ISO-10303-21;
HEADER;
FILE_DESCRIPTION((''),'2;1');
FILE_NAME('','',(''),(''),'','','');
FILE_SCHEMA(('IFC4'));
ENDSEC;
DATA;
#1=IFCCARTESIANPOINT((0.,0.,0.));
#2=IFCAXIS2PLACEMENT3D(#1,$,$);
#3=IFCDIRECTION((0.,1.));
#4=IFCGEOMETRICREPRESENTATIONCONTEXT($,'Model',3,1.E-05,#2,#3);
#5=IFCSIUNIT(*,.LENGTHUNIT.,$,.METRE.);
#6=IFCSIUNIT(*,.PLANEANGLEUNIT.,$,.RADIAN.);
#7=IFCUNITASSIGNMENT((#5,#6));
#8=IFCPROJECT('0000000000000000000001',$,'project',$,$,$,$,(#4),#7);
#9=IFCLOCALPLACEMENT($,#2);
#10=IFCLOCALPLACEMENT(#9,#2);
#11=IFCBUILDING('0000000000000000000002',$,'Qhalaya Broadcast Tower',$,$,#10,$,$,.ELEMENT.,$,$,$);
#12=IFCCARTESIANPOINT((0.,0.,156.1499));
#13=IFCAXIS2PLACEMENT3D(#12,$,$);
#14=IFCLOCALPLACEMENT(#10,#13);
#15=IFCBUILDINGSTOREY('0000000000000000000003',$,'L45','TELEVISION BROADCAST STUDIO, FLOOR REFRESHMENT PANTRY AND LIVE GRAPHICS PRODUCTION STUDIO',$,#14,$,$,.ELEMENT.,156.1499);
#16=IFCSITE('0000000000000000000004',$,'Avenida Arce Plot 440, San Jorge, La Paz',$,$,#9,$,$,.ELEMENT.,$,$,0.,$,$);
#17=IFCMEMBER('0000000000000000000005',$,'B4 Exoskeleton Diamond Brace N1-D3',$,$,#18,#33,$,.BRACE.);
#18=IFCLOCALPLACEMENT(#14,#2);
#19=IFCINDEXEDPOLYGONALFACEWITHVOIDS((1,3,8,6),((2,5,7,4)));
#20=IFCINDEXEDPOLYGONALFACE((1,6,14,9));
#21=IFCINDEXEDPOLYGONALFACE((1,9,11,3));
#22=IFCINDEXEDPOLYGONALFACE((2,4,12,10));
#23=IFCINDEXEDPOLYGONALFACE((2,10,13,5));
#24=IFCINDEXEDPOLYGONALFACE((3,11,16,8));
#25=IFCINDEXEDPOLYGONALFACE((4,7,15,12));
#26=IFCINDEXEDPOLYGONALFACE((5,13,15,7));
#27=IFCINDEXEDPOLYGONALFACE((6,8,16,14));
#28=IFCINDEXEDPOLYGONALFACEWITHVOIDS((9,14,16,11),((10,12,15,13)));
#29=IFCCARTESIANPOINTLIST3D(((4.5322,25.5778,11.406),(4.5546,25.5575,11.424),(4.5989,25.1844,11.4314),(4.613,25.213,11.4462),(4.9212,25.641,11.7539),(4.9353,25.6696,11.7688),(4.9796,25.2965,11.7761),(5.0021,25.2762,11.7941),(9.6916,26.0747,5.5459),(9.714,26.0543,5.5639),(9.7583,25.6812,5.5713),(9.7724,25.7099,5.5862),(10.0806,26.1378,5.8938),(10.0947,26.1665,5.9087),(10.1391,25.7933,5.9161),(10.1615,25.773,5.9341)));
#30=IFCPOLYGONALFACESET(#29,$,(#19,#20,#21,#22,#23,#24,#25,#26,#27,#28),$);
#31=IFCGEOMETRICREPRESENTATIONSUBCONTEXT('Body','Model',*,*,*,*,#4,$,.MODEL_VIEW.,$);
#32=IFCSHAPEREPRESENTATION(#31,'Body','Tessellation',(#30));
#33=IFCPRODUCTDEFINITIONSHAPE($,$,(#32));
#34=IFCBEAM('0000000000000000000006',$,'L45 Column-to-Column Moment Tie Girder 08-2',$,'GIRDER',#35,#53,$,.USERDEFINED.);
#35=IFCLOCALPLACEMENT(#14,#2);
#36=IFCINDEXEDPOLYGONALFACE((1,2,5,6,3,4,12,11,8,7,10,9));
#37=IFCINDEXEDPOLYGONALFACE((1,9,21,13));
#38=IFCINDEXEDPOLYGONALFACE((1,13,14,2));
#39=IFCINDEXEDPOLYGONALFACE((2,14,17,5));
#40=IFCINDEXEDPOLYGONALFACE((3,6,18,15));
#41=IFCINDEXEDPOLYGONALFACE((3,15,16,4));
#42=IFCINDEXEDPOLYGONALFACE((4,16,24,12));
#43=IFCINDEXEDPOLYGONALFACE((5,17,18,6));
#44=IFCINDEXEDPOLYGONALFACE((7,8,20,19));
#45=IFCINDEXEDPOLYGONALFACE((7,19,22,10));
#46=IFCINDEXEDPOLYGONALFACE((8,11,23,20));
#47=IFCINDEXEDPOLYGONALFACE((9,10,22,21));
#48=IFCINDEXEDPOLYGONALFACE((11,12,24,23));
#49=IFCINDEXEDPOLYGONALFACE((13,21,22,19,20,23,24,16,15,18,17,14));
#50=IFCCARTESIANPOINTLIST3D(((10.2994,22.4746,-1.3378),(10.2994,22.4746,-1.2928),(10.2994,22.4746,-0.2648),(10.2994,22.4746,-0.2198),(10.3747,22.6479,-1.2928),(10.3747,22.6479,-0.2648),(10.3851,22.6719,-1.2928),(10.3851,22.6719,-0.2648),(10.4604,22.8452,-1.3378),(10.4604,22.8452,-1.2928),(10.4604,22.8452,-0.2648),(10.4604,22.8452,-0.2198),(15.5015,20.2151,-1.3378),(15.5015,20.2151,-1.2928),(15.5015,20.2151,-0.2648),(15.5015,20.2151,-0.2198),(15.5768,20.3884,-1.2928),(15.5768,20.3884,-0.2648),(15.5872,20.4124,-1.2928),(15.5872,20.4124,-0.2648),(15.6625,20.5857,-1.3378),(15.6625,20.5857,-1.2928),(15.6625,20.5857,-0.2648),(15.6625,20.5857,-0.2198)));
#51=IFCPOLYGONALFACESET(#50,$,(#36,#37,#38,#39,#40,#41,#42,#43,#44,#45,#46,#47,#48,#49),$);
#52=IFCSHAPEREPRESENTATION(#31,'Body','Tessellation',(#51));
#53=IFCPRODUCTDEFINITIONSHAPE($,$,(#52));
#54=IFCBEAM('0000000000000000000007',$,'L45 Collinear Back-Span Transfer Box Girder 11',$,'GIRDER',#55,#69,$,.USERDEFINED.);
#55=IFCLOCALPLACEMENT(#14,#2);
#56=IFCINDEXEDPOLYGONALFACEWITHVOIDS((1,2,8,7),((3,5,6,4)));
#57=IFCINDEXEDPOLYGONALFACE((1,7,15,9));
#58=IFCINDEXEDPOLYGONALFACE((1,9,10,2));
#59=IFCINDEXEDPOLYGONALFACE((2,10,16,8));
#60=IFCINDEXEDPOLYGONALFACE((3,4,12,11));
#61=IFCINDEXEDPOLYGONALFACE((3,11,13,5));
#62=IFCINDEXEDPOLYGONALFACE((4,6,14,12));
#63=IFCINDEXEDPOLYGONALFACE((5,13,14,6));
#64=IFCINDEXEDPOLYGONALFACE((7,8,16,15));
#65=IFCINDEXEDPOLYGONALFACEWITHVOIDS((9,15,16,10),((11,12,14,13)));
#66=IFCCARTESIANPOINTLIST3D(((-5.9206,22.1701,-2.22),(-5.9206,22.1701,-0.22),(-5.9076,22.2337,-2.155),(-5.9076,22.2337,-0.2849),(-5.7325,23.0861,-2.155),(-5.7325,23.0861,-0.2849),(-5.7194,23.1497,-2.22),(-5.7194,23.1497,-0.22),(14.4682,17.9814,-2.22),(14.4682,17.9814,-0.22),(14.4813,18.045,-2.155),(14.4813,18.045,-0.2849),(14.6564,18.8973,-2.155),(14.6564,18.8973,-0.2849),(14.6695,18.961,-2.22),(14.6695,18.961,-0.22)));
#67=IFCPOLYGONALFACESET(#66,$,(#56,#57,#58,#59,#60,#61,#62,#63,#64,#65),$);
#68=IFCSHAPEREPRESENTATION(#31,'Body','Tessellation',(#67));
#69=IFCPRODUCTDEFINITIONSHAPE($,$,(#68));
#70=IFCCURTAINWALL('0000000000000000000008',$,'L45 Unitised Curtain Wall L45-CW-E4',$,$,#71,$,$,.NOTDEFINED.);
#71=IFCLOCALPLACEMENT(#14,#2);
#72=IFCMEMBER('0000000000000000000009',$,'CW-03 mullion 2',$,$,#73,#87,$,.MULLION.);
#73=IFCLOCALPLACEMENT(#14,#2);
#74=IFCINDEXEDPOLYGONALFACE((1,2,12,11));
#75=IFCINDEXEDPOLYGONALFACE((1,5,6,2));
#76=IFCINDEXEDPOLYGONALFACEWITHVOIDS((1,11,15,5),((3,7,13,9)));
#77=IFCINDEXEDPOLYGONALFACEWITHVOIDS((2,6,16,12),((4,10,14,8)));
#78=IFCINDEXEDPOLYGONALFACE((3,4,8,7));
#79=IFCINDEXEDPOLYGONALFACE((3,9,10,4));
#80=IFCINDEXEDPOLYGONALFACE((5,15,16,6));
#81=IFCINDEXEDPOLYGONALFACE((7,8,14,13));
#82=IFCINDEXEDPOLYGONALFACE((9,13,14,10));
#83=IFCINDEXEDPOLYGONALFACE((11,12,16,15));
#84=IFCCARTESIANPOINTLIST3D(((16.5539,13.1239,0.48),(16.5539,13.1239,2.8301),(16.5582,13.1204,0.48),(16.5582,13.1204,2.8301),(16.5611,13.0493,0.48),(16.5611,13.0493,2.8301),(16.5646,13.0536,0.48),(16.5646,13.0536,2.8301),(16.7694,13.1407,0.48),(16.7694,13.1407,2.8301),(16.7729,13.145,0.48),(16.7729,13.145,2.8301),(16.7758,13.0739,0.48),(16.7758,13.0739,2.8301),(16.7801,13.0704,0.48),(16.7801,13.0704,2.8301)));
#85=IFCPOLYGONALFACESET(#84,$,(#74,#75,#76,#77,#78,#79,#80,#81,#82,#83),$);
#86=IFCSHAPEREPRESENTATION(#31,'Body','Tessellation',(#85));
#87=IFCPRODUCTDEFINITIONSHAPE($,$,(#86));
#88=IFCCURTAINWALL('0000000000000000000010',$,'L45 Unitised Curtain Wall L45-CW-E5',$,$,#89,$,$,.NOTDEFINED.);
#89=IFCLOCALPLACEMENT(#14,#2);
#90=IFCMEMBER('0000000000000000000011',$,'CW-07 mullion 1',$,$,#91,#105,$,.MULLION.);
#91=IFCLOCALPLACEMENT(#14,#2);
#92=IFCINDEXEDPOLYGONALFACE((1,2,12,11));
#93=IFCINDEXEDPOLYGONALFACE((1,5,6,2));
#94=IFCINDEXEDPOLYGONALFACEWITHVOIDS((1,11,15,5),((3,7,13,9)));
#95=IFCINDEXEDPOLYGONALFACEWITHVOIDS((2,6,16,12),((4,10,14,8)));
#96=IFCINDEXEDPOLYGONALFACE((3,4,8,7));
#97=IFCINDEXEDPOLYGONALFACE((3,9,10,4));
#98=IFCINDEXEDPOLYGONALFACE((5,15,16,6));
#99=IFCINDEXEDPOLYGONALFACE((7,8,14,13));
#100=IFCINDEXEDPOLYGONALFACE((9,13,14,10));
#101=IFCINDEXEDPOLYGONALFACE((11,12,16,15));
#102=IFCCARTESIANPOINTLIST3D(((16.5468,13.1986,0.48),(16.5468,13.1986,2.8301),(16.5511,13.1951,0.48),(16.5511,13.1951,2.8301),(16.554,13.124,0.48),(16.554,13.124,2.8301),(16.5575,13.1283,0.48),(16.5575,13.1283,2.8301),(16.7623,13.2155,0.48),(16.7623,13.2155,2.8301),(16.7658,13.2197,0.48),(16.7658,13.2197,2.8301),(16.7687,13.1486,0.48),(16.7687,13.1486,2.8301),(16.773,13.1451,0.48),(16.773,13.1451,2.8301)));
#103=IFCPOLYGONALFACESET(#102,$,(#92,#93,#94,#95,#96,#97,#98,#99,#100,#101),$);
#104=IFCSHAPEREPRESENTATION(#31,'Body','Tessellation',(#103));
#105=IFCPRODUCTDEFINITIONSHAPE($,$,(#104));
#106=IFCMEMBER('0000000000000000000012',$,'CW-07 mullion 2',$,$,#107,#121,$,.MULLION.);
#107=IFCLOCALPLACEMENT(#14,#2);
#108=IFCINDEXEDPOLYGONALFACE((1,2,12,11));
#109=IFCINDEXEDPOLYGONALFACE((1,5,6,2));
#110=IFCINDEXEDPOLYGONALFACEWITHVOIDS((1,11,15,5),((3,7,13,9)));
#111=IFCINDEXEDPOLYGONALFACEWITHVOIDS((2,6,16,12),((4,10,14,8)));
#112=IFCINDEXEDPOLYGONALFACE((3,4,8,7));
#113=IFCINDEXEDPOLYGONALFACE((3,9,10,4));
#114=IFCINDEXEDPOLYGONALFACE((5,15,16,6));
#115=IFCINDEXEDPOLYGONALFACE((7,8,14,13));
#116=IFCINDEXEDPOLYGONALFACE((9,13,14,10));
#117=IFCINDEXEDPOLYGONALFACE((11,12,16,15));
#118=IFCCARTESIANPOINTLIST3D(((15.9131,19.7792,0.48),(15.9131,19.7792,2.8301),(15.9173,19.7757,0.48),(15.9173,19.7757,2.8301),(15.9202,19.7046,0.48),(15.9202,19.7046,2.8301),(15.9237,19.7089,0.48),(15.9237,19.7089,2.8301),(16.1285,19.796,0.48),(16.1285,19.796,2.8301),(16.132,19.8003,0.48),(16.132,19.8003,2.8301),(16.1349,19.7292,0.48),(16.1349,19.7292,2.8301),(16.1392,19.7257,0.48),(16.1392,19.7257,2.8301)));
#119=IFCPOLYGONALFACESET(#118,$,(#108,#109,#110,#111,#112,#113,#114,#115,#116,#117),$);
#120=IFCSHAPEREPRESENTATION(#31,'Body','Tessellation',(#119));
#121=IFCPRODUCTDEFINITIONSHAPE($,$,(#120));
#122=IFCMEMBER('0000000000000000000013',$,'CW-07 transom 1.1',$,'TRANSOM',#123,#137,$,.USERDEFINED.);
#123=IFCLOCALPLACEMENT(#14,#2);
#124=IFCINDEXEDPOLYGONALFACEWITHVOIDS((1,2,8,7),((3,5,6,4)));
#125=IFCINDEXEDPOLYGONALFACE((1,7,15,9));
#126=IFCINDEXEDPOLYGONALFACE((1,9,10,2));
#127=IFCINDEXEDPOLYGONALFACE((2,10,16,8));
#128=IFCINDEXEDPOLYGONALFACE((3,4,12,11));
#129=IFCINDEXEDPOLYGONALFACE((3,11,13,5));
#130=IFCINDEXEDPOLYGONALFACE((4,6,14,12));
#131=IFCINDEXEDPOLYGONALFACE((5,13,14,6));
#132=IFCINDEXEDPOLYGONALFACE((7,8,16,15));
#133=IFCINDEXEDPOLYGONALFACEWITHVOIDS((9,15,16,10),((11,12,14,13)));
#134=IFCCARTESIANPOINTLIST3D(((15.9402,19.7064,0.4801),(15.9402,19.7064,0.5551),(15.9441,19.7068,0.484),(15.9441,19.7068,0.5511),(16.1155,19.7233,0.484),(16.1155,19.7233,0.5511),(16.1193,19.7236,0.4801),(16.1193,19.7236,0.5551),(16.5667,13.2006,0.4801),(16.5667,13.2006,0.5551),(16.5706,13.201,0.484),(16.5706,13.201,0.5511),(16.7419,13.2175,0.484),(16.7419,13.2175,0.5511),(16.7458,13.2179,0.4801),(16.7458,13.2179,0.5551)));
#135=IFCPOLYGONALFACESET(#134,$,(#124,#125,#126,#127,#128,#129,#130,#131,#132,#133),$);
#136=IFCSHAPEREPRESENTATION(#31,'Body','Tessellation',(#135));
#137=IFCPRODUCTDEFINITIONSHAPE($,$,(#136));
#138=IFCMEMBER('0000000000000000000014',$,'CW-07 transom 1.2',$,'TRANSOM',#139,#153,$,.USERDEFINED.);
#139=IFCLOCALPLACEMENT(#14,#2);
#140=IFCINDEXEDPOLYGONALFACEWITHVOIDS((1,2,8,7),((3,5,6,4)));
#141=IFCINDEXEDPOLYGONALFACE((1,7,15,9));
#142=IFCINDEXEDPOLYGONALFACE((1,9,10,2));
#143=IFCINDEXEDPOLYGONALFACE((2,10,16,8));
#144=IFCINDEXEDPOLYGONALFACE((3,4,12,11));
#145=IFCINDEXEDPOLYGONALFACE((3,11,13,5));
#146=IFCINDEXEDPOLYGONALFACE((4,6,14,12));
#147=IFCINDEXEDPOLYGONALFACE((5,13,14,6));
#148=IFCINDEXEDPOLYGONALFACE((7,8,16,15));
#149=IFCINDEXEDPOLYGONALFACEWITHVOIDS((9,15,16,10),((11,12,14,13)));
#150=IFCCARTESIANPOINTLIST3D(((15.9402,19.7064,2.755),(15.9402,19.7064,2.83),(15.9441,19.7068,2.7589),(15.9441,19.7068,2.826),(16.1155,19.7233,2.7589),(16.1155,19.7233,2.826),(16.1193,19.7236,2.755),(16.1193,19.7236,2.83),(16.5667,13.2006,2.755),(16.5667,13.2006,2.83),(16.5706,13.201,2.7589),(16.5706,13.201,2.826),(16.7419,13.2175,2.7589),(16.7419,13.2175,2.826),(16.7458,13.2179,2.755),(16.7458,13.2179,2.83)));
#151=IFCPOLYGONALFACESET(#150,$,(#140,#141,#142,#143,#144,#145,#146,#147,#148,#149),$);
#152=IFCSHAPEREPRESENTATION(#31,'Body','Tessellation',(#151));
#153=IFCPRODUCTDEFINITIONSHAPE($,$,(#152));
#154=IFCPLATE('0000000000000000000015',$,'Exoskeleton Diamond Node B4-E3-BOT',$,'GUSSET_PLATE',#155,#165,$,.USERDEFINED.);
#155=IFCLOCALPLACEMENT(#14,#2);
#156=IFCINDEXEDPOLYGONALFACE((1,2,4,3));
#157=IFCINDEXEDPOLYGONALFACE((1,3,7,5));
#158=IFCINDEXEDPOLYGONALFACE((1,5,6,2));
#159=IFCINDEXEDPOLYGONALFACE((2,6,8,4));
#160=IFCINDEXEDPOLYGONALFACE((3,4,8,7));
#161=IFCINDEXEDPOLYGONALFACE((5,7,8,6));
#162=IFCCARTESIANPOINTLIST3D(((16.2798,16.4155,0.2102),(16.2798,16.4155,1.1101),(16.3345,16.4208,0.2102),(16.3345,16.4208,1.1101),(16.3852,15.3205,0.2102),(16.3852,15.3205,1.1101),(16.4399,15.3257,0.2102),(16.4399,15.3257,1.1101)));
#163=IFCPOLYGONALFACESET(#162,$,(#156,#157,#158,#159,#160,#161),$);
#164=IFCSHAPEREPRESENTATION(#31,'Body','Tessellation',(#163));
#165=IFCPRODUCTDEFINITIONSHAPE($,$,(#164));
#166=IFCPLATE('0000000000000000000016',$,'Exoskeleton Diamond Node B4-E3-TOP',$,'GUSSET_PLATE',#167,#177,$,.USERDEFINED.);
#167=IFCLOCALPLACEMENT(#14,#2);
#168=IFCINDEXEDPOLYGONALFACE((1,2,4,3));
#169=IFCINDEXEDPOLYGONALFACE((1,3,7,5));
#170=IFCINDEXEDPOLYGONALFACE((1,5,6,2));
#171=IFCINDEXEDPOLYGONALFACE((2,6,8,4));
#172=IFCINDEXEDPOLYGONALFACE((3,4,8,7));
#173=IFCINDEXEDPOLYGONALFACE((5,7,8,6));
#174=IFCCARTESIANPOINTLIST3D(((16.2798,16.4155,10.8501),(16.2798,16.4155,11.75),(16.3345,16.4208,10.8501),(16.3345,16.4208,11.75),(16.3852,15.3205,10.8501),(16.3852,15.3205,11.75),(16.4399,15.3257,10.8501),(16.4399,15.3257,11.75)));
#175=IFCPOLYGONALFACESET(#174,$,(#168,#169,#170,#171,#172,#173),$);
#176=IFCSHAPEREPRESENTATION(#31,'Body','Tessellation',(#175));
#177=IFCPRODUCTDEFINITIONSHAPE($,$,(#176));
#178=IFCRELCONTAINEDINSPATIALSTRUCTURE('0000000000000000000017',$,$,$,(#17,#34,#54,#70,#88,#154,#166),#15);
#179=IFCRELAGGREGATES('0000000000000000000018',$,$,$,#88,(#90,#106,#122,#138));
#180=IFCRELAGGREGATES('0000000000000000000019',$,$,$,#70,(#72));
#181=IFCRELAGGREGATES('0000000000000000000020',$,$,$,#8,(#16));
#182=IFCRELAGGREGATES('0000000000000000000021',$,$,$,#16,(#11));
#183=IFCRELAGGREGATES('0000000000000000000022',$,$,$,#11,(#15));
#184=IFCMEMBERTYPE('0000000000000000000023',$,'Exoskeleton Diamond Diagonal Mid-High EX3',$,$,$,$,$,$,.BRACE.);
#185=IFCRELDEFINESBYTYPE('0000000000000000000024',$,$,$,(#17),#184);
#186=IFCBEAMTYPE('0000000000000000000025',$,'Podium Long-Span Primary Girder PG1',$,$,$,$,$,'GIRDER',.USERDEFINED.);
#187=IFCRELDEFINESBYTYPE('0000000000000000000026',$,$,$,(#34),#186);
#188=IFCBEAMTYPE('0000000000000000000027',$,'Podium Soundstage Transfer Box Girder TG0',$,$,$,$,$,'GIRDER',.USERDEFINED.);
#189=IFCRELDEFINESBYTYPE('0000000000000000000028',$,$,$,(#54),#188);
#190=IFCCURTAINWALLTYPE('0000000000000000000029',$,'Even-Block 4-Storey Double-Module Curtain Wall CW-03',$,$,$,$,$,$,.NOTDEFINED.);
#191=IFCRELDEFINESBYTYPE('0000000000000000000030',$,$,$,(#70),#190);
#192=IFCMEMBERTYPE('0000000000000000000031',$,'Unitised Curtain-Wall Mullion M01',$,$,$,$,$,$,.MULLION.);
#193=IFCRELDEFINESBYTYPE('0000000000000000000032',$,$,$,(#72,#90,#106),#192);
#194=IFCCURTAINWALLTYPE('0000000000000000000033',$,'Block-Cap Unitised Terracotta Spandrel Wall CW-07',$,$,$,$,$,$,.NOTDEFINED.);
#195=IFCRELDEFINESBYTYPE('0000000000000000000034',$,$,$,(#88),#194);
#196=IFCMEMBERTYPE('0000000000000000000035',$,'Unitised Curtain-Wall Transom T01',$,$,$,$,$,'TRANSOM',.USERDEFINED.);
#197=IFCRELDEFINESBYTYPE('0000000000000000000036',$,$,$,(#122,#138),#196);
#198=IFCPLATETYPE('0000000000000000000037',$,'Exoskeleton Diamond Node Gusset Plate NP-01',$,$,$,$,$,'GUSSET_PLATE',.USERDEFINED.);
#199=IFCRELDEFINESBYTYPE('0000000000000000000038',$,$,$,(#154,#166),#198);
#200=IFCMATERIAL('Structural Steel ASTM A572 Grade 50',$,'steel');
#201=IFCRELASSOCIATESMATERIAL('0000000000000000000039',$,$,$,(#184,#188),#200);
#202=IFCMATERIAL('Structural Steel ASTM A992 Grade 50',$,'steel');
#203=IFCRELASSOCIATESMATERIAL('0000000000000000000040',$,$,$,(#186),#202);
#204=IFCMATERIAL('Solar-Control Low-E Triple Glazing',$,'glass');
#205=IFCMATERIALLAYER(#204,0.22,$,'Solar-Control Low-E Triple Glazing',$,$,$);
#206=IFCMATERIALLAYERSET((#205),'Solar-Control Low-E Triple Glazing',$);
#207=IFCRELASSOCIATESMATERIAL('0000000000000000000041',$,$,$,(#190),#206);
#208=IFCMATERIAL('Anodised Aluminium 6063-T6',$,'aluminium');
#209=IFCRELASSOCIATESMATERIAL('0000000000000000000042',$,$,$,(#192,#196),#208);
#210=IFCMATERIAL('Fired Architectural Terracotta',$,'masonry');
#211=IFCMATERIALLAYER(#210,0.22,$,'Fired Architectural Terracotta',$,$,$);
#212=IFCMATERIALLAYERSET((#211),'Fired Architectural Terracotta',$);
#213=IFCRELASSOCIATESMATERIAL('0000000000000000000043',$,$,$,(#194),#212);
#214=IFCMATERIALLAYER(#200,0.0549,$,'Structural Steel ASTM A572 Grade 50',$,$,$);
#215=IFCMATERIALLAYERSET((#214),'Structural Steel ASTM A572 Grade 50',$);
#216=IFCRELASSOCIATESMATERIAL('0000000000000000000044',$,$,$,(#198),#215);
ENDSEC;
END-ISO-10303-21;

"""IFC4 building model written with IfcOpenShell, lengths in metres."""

from ifc_helpers import new_model, si_unit, direction, frame, origin, origin_2d, place, context, subcontext, project, spatial, rectangle, hollow_rectangle, i_section, extrude, material, layer, layer_set, material_profile, profile_set, type_object, element, aggregate, save


model = new_model("IFC4")

# Units and contexts
model_context = context("Model", 3, precision=1e-05, world=origin(), true_north=direction((0.0, 1.0)))
body_context = subcontext(model_context, "Body", "Model", "MODEL_VIEW")
ifc_project = project(units=[si_unit("LENGTHUNIT", "METRE"), si_unit("PLANEANGLEUNIT", "RADIAN")], contexts=[model_context])

# Site, building, storey
site_placement = place(None, origin())
site = spatial("IfcSite", under=ifc_project, at=site_placement, Name="Avenida Arce Plot 440, San Jorge, La Paz", CompositionType="ELEMENT", RefElevation=0.0)
building_placement = place(site_placement, origin())
building = spatial("IfcBuilding", under=site, at=building_placement, Name="Qhalaya Broadcast Tower", CompositionType="ELEMENT")
storey_placement = place(building_placement, frame((0.0, 0.0, 156.1499)))
storey = spatial("IfcBuildingStorey", under=building, at=storey_placement, Name="L45", Description="TELEVISION BROADCAST STUDIO, FLOOR REFRESHMENT PANTRY AND LIVE GRAPHICS PRODUCTION STUDIO", CompositionType="ELEMENT", Elevation=156.1499)

# Shared definitions
ifc_material_1 = material(Name="Structural Steel ASTM A572 Grade 50", Category="steel")

# Shared definitions
ifc_material_2 = material(Name="Structural Steel ASTM A992 Grade 50", Category="steel")

# Member
ifc_material_profile_1 = material_profile(ifc_material_1, hollow_rectangle(XDim=0.3999, YDim=0.55, WallThickness=0.0249, at=origin_2d()), Name="BOX 400x550x25")
ifc_profile_set_1 = profile_set([ifc_material_profile_1], Name="Structural Steel ASTM A572 Grade 50")
member_type_1 = type_object("IfcMemberType", Name="Exoskeleton Diamond Diagonal Mid-High EX3", PredefinedType="BRACE", material=ifc_profile_set_1)
member_1_placement = place(storey_placement, frame((9.9265, 25.9238, 5.74), z_axis=(-0.659477, -0.063504, 0.749038), x_axis=(0.166872, -0.983932, 0.0635)))
element("IfcMember", 1, at=member_1_placement, inside=storey, type_object=member_type_1, Name="B4 Exoskeleton Diamond Brace N1-D3", PredefinedType="BRACE", context=body_context, shape_type="SweptSolid", body=[
    extrude(hollow_rectangle(XDim=0.3999, YDim=0.55, WallThickness=0.0249, at=origin_2d()), origin(), (0.0, 0.0, 1.0), 7.8235),
])

# Beams
ifc_material_profile_2 = material_profile(ifc_material_2, i_section(OverallWidth=0.4041, OverallDepth=1.1179, WebThickness=0.0261, FlangeThickness=0.0449, at=origin_2d()), Name="W44X335")
ifc_profile_set_2 = profile_set([ifc_material_profile_2], Name="Structural Steel ASTM A992 Grade 50")
beam_type_1 = type_object("IfcBeamType", Name="Podium Long-Span Primary Girder PG1", ElementType="GIRDER", PredefinedType="USERDEFINED", material=ifc_profile_set_2)
beam_1_placement = place(storey_placement, frame((10.3799, 22.6599, -0.7788), z_axis=(0.917217, -0.398388, 0.0), x_axis=(0.398388, 0.917217, 0.0)))
element("IfcBeam", 2, at=beam_1_placement, inside=storey, type_object=beam_type_1, Name="L45 Column-to-Column Moment Tie Girder 08-2", ObjectType="GIRDER", PredefinedType="USERDEFINED", context=body_context, shape_type="SweptSolid", body=[
    extrude(i_section(OverallWidth=0.4041, OverallDepth=1.1179, WebThickness=0.0261, FlangeThickness=0.0449, at=origin_2d()), origin(), (0.0, 0.0, 1.0), 5.6716),
])
ifc_material_profile_3 = material_profile(ifc_material_1, hollow_rectangle(XDim=1.0, YDim=2.0, WallThickness=0.0649, at=origin_2d()), Name="BOX 1000x2000x65")
ifc_profile_set_3 = profile_set([ifc_material_profile_3], Name="Structural Steel ASTM A572 Grade 50")
beam_type_2 = type_object("IfcBeamType", Name="Podium Soundstage Transfer Box Girder TG0", ElementType="GIRDER", PredefinedType="USERDEFINED", material=ifc_profile_set_3)
beam_2_placement = place(storey_placement, frame((14.5688, 18.4712, -1.22), z_axis=(-0.979542, 0.201238, 0.0), x_axis=(-0.201238, -0.979542, 0.0)))
element("IfcBeam", 3, at=beam_2_placement, inside=storey, type_object=beam_type_2, Name="L45 Collinear Back-Span Transfer Box Girder 11", ObjectType="GIRDER", PredefinedType="USERDEFINED", context=body_context, shape_type="SweptSolid", body=[
    extrude(hollow_rectangle(XDim=1.0, YDim=2.0, WallThickness=0.0649, at=origin_2d()), origin(), (0.0, 0.0, 1.0), 20.8147),
])

# Curtain wall, member
ifc_material_3 = material(Name="Solar-Control Low-E Triple Glazing", Category="glass")
ifc_layer_1 = layer(ifc_material_3, 0.22, Name="Solar-Control Low-E Triple Glazing")
ifc_layer_set_1 = layer_set([ifc_layer_1], Name="Solar-Control Low-E Triple Glazing")
curtain_wall_type_1 = type_object("IfcCurtainWallType", Name="Even-Block 4-Storey Double-Module Curtain Wall CW-03", PredefinedType="NOTDEFINED", material=ifc_layer_set_1)
curtain_wall_1_placement = place(storey_placement, origin())
curtain_wall_1 = element("IfcCurtainWall", 4, at=curtain_wall_1_placement, inside=storey, type_object=curtain_wall_type_1, Name="L45 Unitised Curtain Wall L45-CW-E4", PredefinedType="NOTDEFINED")
ifc_material_4 = material(Name="Anodised Aluminium 6063-T6", Category="aluminium")
ifc_material_profile_4 = material_profile(ifc_material_4, hollow_rectangle(XDim=0.075, YDim=0.22, WallThickness=0.0039, at=origin_2d()), Name="ALU-MUL 75x220x4")
ifc_profile_set_4 = profile_set([ifc_material_profile_4], Name="Anodised Aluminium 6063-T6")
member_type_2 = type_object("IfcMemberType", Name="Unitised Curtain-Wall Mullion M01", PredefinedType="MULLION", material=ifc_profile_set_4)
member_2_placement = place(storey_placement, frame((16.667, 13.0972, 0.48), z_axis=(0.0, 0.0, 1.0), x_axis=(-0.095845, 0.995396, 0.0)))
member_2 = element("IfcMember", 5, at=member_2_placement, type_object=member_type_2, Name="CW-03 mullion 2", PredefinedType="MULLION", context=body_context, shape_type="SweptSolid", body=[
    extrude(hollow_rectangle(XDim=0.075, YDim=0.22, WallThickness=0.0039, at=origin_2d()), origin(), (0.0, 0.0, 1.0), 2.3501),
])

# Curtain wall, members
ifc_material_5 = material(Name="Fired Architectural Terracotta", Category="masonry")
ifc_layer_2 = layer(ifc_material_5, 0.22, Name="Fired Architectural Terracotta")
ifc_layer_set_2 = layer_set([ifc_layer_2], Name="Fired Architectural Terracotta")
curtain_wall_type_2 = type_object("IfcCurtainWallType", Name="Block-Cap Unitised Terracotta Spandrel Wall CW-07", PredefinedType="NOTDEFINED", material=ifc_layer_set_2)
curtain_wall_2_placement = place(storey_placement, origin())
curtain_wall_2 = element("IfcCurtainWall", 6, at=curtain_wall_2_placement, inside=storey, type_object=curtain_wall_type_2, Name="L45 Unitised Curtain Wall L45-CW-E5", PredefinedType="NOTDEFINED")
member_3_placement = place(storey_placement, frame((16.6599, 13.1719, 0.48), z_axis=(0.0, 0.0, 1.0), x_axis=(-0.095842, 0.995397, 0.0)))
member_3 = element("IfcMember", 7, at=member_3_placement, type_object=member_type_2, Name="CW-07 mullion 1", PredefinedType="MULLION", context=body_context, shape_type="SweptSolid", body=[
    extrude(hollow_rectangle(XDim=0.075, YDim=0.22, WallThickness=0.0039, at=origin_2d()), origin(), (0.0, 0.0, 1.0), 2.3501),
])
member_4_placement = place(storey_placement, frame((16.0261, 19.7524, 0.48), z_axis=(0.0, 0.0, 1.0), x_axis=(-0.095842, 0.995397, 0.0)))
member_4 = element("IfcMember", 8, at=member_4_placement, type_object=member_type_2, Name="CW-07 mullion 2", PredefinedType="MULLION", context=body_context, shape_type="SweptSolid", body=[
    extrude(hollow_rectangle(XDim=0.075, YDim=0.22, WallThickness=0.0039, at=origin_2d()), origin(), (0.0, 0.0, 1.0), 2.3501),
])
ifc_material_profile_5 = material_profile(ifc_material_4, hollow_rectangle(XDim=0.075, YDim=0.1799, WallThickness=0.0039, at=origin_2d()), Name="ALU-TRN 75x180x4")
ifc_profile_set_5 = profile_set([ifc_material_profile_5], Name="Anodised Aluminium 6063-T6")
member_type_3 = type_object("IfcMemberType", Name="Unitised Curtain-Wall Transom T01", ElementType="TRANSOM", PredefinedType="USERDEFINED", material=ifc_profile_set_5)
member_5_placement = place(storey_placement, frame((16.6562, 13.2092, 0.5176), z_axis=(-0.095849, 0.995396, 0.0), x_axis=(0.0, 0.0, 1.0)))
member_5 = element("IfcMember", 9, at=member_5_placement, type_object=member_type_3, Name="CW-07 transom 1.1", ObjectType="TRANSOM", PredefinedType="USERDEFINED", context=body_context, shape_type="SweptSolid", body=[
    extrude(hollow_rectangle(XDim=0.075, YDim=0.1799, WallThickness=0.0039, at=origin_2d()), origin(), (0.0, 0.0, 1.0), 6.5359),
])
member_6_placement = place(storey_placement, frame((16.6562, 13.2092, 2.7925), z_axis=(-0.095849, 0.995396, 0.0), x_axis=(0.0, 0.0, 1.0)))
member_6 = element("IfcMember", 10, at=member_6_placement, type_object=member_type_3, Name="CW-07 transom 1.2", ObjectType="TRANSOM", PredefinedType="USERDEFINED", context=body_context, shape_type="SweptSolid", body=[
    extrude(hollow_rectangle(XDim=0.075, YDim=0.1799, WallThickness=0.0039, at=origin_2d()), origin(), (0.0, 0.0, 1.0), 6.5359),
])

# Plates
ifc_layer_3 = layer(ifc_material_1, 0.0549, Name="Structural Steel ASTM A572 Grade 50")
ifc_layer_set_3 = layer_set([ifc_layer_3], Name="Structural Steel ASTM A572 Grade 50")
plate_type_1 = type_object("IfcPlateType", Name="Exoskeleton Diamond Node Gusset Plate NP-01", ElementType="GUSSET_PLATE", PredefinedType="USERDEFINED", material=ifc_layer_set_3)
for number, where, z_axis, x_axis, name in (
    (11, (16.3599, 15.8706, 0.2102), (0.0, 0.0, 1.0), (-0.095846, 0.995396, 0.0), "Exoskeleton Diamond Node B4-E3-BOT"),
    (12, (16.3599, 15.8706, 10.8501), (0.0, 0.0, 1.0), (-0.095846, 0.995396, 0.0), "Exoskeleton Diamond Node B4-E3-TOP"),
):
    element("IfcPlate", number, at=place(storey_placement, frame(where, z_axis=z_axis, x_axis=x_axis)), inside=storey, type_object=plate_type_1, Name=name, ObjectType="GUSSET_PLATE", PredefinedType="USERDEFINED", context=body_context, shape_type="SweptSolid", body=[
        extrude(rectangle(XDim=1.1001, YDim=0.0549, at=origin_2d()), origin(), (0.0, 0.0, 1.0), 0.8999),
    ])

aggregate(curtain_wall_2, [member_3, member_4, member_5, member_6])
aggregate(curtain_wall_1, [member_2])

save(model, "model.ifc")
